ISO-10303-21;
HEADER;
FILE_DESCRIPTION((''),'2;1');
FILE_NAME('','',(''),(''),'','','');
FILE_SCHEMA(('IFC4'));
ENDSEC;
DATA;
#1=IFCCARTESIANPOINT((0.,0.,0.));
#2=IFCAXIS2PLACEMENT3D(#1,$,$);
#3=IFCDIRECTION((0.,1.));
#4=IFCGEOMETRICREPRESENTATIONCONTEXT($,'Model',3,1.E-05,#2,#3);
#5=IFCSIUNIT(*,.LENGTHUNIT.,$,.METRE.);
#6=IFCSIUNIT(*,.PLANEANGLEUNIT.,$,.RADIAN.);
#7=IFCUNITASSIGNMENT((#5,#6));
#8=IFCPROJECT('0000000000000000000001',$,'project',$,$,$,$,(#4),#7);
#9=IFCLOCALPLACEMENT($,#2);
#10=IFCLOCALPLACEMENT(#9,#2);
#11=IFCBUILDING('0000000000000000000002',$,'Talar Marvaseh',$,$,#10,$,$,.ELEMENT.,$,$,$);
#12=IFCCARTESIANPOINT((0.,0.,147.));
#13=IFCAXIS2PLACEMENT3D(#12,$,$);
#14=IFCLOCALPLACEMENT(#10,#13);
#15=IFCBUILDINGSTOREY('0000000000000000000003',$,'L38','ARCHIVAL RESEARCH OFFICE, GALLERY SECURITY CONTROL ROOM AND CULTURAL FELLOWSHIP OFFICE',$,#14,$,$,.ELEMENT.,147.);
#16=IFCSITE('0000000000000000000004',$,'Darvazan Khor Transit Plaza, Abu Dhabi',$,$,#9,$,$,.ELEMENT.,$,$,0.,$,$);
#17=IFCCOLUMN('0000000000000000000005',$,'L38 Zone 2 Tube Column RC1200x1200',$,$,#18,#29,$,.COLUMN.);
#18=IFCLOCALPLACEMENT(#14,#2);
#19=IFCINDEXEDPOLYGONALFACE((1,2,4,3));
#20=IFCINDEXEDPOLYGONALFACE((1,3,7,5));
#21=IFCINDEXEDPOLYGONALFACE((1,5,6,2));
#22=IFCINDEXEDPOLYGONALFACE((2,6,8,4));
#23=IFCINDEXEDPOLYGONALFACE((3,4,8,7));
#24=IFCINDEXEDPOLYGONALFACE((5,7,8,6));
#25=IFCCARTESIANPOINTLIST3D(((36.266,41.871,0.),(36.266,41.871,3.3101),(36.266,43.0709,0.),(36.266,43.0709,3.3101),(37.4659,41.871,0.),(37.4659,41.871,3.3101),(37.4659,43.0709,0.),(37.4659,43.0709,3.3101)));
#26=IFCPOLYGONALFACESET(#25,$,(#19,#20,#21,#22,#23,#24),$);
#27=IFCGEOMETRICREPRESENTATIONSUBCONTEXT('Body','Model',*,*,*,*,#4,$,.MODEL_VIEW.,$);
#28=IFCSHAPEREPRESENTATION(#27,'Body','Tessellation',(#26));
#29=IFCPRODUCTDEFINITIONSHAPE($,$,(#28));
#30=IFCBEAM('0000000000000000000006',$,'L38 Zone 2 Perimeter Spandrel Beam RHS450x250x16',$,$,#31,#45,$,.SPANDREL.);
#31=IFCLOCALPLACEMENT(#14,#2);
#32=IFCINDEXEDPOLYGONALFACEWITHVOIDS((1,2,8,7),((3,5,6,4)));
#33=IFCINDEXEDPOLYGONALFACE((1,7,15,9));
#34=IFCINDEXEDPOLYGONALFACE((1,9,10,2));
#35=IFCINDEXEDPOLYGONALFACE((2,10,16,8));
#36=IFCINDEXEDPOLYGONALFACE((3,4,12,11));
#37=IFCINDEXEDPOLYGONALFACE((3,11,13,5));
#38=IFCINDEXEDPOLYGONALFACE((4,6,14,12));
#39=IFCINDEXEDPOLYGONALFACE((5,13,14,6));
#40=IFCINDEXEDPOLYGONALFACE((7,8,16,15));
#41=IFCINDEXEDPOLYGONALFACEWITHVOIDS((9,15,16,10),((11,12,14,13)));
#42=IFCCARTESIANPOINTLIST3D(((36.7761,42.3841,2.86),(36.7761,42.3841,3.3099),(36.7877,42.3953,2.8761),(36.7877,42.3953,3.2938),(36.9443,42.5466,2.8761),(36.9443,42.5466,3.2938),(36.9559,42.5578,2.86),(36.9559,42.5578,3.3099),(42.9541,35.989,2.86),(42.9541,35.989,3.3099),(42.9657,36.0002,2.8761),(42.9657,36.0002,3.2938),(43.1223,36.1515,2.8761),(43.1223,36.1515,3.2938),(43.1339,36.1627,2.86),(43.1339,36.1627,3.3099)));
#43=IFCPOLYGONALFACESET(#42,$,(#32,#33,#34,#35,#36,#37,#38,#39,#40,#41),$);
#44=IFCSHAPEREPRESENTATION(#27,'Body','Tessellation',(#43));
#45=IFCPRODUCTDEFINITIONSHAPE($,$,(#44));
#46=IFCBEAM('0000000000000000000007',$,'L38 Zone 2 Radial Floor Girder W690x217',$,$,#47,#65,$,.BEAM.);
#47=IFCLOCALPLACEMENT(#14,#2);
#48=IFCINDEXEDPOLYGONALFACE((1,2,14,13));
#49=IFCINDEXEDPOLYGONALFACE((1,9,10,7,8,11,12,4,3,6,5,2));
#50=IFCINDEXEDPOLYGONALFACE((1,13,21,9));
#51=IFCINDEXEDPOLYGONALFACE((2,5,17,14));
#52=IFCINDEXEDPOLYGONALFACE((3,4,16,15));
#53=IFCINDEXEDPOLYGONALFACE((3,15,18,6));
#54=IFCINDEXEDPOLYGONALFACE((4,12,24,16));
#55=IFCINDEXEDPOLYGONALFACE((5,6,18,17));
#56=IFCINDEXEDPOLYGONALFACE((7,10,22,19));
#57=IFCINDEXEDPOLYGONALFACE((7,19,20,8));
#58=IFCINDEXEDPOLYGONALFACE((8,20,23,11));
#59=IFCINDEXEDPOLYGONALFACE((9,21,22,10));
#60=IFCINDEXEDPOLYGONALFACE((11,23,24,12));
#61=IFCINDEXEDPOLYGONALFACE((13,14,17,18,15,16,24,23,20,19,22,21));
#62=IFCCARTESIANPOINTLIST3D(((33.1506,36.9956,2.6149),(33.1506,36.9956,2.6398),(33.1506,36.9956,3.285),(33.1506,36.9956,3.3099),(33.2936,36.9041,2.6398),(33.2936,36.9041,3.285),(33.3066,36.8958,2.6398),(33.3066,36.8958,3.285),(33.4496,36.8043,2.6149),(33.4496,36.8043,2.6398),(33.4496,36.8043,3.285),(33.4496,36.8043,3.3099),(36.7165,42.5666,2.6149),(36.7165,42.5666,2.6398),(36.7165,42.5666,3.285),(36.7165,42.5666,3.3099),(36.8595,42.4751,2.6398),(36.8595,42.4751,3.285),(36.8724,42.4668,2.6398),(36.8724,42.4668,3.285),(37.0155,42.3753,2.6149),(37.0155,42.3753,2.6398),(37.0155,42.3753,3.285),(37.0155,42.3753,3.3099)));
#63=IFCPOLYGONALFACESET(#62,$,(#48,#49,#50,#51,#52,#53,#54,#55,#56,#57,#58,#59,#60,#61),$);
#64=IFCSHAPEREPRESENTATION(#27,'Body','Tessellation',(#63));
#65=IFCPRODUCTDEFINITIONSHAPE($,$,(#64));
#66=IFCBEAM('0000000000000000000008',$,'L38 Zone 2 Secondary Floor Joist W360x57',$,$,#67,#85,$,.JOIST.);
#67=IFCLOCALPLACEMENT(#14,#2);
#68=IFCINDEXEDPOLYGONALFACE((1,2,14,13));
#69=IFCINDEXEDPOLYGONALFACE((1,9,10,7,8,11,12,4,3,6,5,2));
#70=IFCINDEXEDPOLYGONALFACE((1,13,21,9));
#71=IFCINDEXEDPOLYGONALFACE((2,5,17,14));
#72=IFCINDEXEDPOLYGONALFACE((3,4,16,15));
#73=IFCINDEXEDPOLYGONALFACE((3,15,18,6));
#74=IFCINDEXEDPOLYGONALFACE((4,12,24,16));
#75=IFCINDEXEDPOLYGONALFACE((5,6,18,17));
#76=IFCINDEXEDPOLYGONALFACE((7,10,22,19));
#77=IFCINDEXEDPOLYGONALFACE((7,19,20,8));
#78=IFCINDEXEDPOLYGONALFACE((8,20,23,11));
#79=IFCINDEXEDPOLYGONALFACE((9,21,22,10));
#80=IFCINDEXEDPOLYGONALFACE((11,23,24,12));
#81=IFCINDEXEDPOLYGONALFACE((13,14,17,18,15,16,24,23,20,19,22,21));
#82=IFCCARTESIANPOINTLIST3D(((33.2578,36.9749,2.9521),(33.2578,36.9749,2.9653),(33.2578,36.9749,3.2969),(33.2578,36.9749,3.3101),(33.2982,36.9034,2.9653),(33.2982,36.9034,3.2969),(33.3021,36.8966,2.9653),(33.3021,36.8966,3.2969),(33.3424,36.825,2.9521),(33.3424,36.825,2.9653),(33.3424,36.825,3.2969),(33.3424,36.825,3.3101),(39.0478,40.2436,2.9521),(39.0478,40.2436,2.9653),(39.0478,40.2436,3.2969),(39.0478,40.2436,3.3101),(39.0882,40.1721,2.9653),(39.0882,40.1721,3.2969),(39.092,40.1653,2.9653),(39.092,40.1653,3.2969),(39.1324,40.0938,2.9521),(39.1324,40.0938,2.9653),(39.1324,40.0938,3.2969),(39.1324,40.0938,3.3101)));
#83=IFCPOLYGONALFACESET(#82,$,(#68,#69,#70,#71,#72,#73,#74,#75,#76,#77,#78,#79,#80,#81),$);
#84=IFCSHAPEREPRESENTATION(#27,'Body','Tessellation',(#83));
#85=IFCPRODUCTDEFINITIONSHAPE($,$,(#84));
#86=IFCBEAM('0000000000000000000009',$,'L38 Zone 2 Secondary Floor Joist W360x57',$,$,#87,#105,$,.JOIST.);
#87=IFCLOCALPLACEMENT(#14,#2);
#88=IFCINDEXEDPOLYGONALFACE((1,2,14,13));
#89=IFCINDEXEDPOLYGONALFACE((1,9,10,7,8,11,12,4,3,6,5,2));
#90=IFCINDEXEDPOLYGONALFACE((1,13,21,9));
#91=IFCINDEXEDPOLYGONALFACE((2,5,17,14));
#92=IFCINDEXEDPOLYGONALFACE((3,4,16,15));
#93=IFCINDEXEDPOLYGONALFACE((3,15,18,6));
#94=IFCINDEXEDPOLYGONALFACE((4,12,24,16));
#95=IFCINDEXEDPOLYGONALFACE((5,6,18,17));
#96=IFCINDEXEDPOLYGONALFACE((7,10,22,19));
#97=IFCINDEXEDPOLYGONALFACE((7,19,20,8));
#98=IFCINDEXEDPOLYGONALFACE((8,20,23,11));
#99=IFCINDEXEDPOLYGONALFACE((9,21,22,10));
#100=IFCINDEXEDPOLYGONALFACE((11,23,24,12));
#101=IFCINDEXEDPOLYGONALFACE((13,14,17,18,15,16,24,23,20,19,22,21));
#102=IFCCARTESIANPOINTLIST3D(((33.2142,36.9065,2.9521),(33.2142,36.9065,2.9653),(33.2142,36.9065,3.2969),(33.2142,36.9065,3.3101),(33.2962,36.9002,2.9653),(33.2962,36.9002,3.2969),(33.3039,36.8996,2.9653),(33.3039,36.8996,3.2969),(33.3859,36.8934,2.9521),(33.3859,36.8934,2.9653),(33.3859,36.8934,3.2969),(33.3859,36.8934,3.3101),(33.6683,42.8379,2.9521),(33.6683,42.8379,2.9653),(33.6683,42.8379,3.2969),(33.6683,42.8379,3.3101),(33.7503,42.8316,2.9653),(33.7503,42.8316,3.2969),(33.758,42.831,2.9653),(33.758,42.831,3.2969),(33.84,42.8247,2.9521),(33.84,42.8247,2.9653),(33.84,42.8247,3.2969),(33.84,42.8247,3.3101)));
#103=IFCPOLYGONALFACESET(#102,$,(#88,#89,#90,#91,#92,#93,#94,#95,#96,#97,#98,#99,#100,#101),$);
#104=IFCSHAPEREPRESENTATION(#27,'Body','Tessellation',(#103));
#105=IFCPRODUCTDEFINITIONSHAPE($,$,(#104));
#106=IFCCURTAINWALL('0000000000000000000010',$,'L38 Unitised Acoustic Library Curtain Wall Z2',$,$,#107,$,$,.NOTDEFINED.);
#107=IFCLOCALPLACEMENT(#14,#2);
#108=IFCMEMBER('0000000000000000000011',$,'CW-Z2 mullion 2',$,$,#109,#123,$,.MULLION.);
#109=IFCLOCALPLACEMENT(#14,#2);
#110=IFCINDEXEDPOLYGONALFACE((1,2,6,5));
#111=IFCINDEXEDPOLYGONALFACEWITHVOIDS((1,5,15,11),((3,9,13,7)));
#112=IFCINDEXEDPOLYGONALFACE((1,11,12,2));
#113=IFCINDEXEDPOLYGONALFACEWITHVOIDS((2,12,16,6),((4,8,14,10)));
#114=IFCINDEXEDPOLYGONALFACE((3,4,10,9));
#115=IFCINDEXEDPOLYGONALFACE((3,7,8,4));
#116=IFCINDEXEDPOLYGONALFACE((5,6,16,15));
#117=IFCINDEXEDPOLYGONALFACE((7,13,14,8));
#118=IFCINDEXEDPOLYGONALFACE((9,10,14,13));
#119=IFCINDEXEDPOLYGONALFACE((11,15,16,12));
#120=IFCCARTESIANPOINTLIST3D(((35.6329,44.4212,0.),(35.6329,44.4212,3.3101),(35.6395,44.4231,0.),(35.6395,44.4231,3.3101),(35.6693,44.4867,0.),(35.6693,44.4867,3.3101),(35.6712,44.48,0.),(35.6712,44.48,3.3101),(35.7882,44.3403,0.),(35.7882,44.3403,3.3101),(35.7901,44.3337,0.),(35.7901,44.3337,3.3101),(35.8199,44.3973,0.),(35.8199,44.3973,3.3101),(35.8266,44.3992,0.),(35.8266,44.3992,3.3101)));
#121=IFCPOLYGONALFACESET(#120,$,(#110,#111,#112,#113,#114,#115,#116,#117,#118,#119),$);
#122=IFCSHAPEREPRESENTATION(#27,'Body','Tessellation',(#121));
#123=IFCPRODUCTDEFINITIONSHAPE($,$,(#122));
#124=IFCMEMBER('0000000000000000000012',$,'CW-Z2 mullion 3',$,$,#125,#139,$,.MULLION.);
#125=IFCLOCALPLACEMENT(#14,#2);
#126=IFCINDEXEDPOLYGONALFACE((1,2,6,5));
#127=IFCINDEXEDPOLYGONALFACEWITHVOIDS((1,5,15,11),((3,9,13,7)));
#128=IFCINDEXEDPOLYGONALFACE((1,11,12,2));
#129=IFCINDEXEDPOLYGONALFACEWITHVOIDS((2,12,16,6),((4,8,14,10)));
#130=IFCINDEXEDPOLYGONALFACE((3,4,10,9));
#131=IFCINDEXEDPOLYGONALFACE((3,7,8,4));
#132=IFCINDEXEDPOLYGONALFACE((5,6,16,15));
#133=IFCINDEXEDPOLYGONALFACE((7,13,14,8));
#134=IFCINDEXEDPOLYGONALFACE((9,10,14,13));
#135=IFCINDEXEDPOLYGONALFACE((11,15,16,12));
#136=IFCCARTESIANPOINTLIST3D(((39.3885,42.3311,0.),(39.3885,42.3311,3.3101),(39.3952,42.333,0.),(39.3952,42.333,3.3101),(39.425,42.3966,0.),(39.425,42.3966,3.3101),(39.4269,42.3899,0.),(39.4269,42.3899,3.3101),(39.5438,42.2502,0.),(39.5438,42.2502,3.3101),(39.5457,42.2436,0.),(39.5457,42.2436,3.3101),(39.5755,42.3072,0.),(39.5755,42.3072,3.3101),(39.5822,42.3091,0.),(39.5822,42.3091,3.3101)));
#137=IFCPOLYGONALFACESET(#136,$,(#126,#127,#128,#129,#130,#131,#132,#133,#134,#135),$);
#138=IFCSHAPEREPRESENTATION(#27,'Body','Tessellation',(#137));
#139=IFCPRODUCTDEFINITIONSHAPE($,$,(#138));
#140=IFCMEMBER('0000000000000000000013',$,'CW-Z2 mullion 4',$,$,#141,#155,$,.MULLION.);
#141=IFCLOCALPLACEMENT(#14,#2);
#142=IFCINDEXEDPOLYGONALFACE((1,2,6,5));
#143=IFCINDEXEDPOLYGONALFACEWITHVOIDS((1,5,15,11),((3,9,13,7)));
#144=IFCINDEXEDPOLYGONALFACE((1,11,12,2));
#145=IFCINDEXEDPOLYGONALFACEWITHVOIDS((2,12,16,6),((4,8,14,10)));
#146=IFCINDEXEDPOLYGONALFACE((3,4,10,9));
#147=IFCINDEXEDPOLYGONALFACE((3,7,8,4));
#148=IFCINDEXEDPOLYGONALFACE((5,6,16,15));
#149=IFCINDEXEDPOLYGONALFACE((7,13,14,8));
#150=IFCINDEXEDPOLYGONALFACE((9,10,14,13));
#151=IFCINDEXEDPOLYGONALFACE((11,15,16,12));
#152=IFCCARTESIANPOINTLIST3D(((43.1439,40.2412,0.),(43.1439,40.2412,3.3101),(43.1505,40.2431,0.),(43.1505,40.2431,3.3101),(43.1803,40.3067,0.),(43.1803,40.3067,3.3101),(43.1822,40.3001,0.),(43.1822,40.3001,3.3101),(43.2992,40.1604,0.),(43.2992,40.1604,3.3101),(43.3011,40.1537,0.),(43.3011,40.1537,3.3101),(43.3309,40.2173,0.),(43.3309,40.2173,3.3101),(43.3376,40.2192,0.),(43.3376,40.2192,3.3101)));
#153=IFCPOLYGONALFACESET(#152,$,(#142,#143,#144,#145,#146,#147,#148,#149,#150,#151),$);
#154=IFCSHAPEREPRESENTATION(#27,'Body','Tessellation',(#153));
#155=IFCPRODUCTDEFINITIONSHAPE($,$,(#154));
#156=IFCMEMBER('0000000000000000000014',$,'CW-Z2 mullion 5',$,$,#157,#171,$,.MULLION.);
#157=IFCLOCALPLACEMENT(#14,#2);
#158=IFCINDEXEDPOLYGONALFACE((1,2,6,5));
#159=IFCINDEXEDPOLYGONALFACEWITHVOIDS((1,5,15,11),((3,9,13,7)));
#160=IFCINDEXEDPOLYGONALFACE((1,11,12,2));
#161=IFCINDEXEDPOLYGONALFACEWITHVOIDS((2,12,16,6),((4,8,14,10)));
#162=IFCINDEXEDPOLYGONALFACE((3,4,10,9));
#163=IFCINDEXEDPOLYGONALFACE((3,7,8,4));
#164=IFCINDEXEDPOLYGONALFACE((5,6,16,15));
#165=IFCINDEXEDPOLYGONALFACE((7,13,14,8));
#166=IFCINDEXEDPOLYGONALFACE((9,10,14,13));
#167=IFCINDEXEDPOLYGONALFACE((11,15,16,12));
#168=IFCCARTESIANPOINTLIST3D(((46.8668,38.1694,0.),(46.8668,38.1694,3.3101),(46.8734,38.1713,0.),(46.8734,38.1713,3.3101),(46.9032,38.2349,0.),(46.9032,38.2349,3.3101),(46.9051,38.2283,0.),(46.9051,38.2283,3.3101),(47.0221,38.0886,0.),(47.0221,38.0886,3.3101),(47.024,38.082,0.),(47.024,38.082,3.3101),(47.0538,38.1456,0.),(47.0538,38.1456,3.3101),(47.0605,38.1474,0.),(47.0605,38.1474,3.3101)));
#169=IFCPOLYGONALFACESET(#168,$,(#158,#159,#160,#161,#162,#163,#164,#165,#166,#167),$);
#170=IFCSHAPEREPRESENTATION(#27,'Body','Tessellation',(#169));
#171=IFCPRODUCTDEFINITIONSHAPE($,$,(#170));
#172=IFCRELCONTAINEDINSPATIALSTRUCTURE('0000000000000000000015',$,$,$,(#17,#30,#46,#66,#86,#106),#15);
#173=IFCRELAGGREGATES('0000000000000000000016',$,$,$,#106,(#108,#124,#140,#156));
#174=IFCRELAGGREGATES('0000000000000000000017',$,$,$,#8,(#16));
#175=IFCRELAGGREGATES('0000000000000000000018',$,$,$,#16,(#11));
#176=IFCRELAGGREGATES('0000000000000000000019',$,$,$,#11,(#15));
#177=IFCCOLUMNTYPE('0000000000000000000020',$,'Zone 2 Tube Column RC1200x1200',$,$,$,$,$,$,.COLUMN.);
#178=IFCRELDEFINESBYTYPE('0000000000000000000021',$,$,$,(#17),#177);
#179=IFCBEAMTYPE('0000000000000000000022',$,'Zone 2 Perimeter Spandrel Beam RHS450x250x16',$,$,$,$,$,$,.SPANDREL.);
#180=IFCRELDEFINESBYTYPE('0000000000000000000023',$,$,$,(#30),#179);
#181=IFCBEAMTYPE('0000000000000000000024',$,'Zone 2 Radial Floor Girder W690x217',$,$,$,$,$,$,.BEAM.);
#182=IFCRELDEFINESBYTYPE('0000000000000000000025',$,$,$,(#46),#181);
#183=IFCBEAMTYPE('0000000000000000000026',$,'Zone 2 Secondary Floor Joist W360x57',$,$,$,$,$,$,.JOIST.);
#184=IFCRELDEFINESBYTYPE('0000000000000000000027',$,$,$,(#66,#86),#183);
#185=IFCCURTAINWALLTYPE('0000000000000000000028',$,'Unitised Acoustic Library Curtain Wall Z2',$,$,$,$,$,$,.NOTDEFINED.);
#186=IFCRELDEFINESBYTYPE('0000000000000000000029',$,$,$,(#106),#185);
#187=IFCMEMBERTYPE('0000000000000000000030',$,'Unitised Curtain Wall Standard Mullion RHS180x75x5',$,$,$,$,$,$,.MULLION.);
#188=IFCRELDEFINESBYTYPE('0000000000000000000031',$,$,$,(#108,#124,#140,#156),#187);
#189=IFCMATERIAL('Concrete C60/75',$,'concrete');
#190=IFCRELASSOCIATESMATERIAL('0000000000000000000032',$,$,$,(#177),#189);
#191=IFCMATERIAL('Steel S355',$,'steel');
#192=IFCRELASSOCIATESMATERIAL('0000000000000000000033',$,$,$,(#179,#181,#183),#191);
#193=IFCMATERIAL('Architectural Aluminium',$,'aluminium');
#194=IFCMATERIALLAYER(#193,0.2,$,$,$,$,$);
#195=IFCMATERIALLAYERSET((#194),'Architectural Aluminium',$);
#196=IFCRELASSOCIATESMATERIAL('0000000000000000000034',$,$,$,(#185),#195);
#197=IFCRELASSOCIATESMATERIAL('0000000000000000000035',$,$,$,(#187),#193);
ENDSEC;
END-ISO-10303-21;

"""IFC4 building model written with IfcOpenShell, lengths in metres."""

from ifc_helpers import new_model, si_unit, direction, frame, origin, origin_2d, place, context, subcontext, project, spatial, rectangle, hollow_rectangle, i_section, extrude, source, transform, mapped, material, layer, layer_set, material_profile, profile_set, type_object, type_shapes, element, aggregate, save


model = new_model("IFC4")

# Units and contexts
model_context = context("Model", 3, precision=1e-05, world=origin(), true_north=direction((0.0, 1.0)))
body_context = subcontext(model_context, "Body", "Model", "MODEL_VIEW")
ifc_project = project(units=[si_unit("LENGTHUNIT", "METRE"), si_unit("PLANEANGLEUNIT", "RADIAN")], contexts=[model_context])

# Site, building, storey
site_placement = place(None, origin())
site = spatial("IfcSite", under=ifc_project, at=site_placement, Name="Darvazan Khor Transit Plaza, Abu Dhabi", CompositionType="ELEMENT", RefElevation=0.0)
building_placement = place(site_placement, origin())
building = spatial("IfcBuilding", under=site, at=building_placement, Name="Talar Marvaseh", CompositionType="ELEMENT")
storey_placement = place(building_placement, frame((0.0, 0.0, 147.0)))
storey = spatial("IfcBuildingStorey", under=building, at=storey_placement, Name="L38", Description="ARCHIVAL RESEARCH OFFICE, GALLERY SECURITY CONTROL ROOM AND CULTURAL FELLOWSHIP OFFICE", CompositionType="ELEMENT", Elevation=147.0)

# Column
ifc_material_1 = material(Name="Concrete C60/75", Category="concrete")
ifc_material_profile_1 = material_profile(ifc_material_1, rectangle(XDim=1.2, YDim=1.2, at=origin_2d()), Name="RC1200x1200")
ifc_profile_set_1 = profile_set([ifc_material_profile_1], Name="Concrete C60/75")
column_type = type_object("IfcColumnType", Name="Zone 2 Tube Column RC1200x1200", PredefinedType="COLUMN", material=ifc_profile_set_1)
column_placement = place(storey_placement, frame((36.866, 42.4709, 0.0), z_axis=(0.0, 0.0, 1.0), x_axis=(1.0, 0.0, 0.0)))
element("IfcColumn", 1, at=column_placement, inside=storey, type_object=column_type, Name="L38 Zone 2 Tube Column RC1200x1200", PredefinedType="COLUMN", context=body_context, shape_type="SweptSolid", body=[
    extrude(rectangle(XDim=1.2, YDim=1.2, at=origin_2d()), origin(), (0.0, 0.0, 1.0), 3.3101),
])

# Beams
ifc_material_2 = material(Name="Steel S355", Category="steel")
ifc_material_profile_2 = material_profile(ifc_material_2, hollow_rectangle(XDim=0.25, YDim=0.45, WallThickness=0.0161, at=origin_2d()), Name="RHS450x250x16")
ifc_profile_set_2 = profile_set([ifc_material_profile_2], Name="Steel S355")
beam_type_1 = type_object("IfcBeamType", Name="Zone 2 Perimeter Spandrel Beam RHS450x250x16", PredefinedType="SPANDREL", material=ifc_profile_set_2)
beam_1_placement = place(storey_placement, frame((36.866, 42.4709, 3.085), z_axis=(0.694797, -0.719206, 0.0), x_axis=(0.719206, 0.694797, 0.0)))
element("IfcBeam", 2, at=beam_1_placement, inside=storey, type_object=beam_type_1, Name="L38 Zone 2 Perimeter Spandrel Beam RHS450x250x16", PredefinedType="SPANDREL", context=body_context, shape_type="SweptSolid", body=[
    extrude(hollow_rectangle(XDim=0.25, YDim=0.45, WallThickness=0.0161, at=origin_2d()), origin(), (0.0, 0.0, 1.0), 8.8918),
])
ifc_material_profile_3 = material_profile(ifc_material_2, i_section(OverallWidth=0.355, OverallDepth=0.6951, WebThickness=0.0154, FlangeThickness=0.0249, at=origin_2d()), Name="W690x217")
ifc_profile_set_3 = profile_set([ifc_material_profile_3], Name="Steel S355")
beam_type_2 = type_object("IfcBeamType", Name="Zone 2 Radial Floor Girder W690x217", PredefinedType="BEAM", material=ifc_profile_set_3)
beam_2_placement = place(storey_placement, frame((36.866, 42.4709, 2.9624), z_axis=(-0.539102, -0.842241, 0.0), x_axis=(0.842241, -0.539102, 0.0)))
element("IfcBeam", 3, at=beam_2_placement, inside=storey, type_object=beam_type_2, Name="L38 Zone 2 Radial Floor Girder W690x217", PredefinedType="BEAM", context=body_context, shape_type="SweptSolid", body=[
    extrude(i_section(OverallWidth=0.355, OverallDepth=0.6951, WebThickness=0.0154, FlangeThickness=0.0249, at=origin_2d()), origin(), (0.0, 0.0, 1.0), 6.6145),
])
ifc_material_profile_4 = material_profile(ifc_material_2, i_section(OverallWidth=0.1721, OverallDepth=0.3579, WebThickness=0.0078, FlangeThickness=0.0132, at=origin_2d()), Name="W360x57")
ifc_profile_set_4 = profile_set([ifc_material_profile_4], Name="Steel S355")
beam_type_3 = type_object("IfcBeamType", Name="Zone 2 Secondary Floor Joist W360x57", PredefinedType="JOIST", material=ifc_profile_set_4)
beam_3_placement = place(storey_placement, frame((39.0901, 40.1687, 3.1311), z_axis=(-0.87081, -0.49162, 0.0), x_axis=(0.49162, -0.87081, 0.0)))
element("IfcBeam", 4, at=beam_3_placement, inside=storey, type_object=beam_type_3, Name="L38 Zone 2 Secondary Floor Joist W360x57", PredefinedType="JOIST", context=body_context, shape_type="SweptSolid", body=[
    extrude(i_section(OverallWidth=0.1721, OverallDepth=0.3579, WebThickness=0.0078, FlangeThickness=0.0132, at=origin_2d()), origin(), (0.0, 0.0, 1.0), 6.6489),
])
beam_4_placement = place(storey_placement, frame((33.7542, 42.8313, 3.1311), z_axis=(-0.076336, -0.997082, 0.0), x_axis=(0.997082, -0.076336, 0.0)))
element("IfcBeam", 5, at=beam_4_placement, inside=storey, type_object=beam_type_3, Name="L38 Zone 2 Secondary Floor Joist W360x57", PredefinedType="JOIST", context=body_context, shape_type="SweptSolid", body=[
    extrude(i_section(OverallWidth=0.1721, OverallDepth=0.3579, WebThickness=0.0078, FlangeThickness=0.0132, at=origin_2d()), origin(), (0.0, 0.0, 1.0), 5.9487),
])

# Curtain wall, members
ifc_material_3 = material(Name="Architectural Aluminium", Category="aluminium")
ifc_layer_1 = layer(ifc_material_3, 0.2)
ifc_layer_set_1 = layer_set([ifc_layer_1], Name="Architectural Aluminium")
curtain_wall_type = type_object("IfcCurtainWallType", Name="Unitised Acoustic Library Curtain Wall Z2", PredefinedType="NOTDEFINED", material=ifc_layer_set_1)
curtain_wall_placement = place(storey_placement, origin())
curtain_wall = element("IfcCurtainWall", 6, at=curtain_wall_placement, inside=storey, type_object=curtain_wall_type, Name="L38 Unitised Acoustic Library Curtain Wall Z2", PredefinedType="NOTDEFINED")
ifc_material_profile_5 = material_profile(ifc_material_3, hollow_rectangle(XDim=0.075, YDim=0.1799, WallThickness=0.0049, at=origin_2d()), Name="RHS180x75x5")
ifc_profile_set_5 = profile_set([ifc_material_profile_5], Name="Architectural Aluminium")
member_type_1 = type_object("IfcMemberType", Name="Unitised Curtain Wall Standard Mullion RHS180x75x5", PredefinedType="MULLION", material=ifc_profile_set_5)
shared_shape_1 = source(origin(), body_context, "Body", "SweptSolid", [
    extrude(hollow_rectangle(XDim=0.075, YDim=0.1799, WallThickness=0.0049, at=origin_2d()), origin(), (0.0, 0.0, 1.0), 3.3101),
])
type_shapes(member_type_1, [shared_shape_1])
member_1_placement = place(storey_placement, frame((35.7297, 44.4102, 0.0), z_axis=(0.0, 0.0, 1.0), x_axis=(0.486278, 0.873804, 0.0)))
member_1 = element("IfcMember", 7, at=member_1_placement, type_object=member_type_1, Name="CW-Z2 mullion 2", PredefinedType="MULLION", context=body_context, shape_type="MappedRepresentation", body=[
    mapped(shared_shape_1, transform((0.0, 0.0, 0.0), x_axis=(1.0, 0.0, 0.0), y_axis=(0.0, 1.0, 0.0), z_axis=(0.0, 0.0, 1.0), scale=1.0)),
])
member_2_placement = place(storey_placement, frame((39.4854, 42.3201, 0.0), z_axis=(0.0, 0.0, 1.0), x_axis=(0.486278, 0.873804, 0.0)))
member_2 = element("IfcMember", 8, at=member_2_placement, type_object=member_type_1, Name="CW-Z2 mullion 3", PredefinedType="MULLION", context=body_context, shape_type="MappedRepresentation", body=[
    mapped(shared_shape_1, transform((0.0, 0.0, 0.0), x_axis=(1.0, 0.0, 0.0), y_axis=(0.0, 1.0, 0.0), z_axis=(0.0, 0.0, 1.0), scale=1.0)),
])
member_3_placement = place(storey_placement, frame((43.2407, 40.2302, 0.0), z_axis=(0.0, 0.0, 1.0), x_axis=(0.486278, 0.873804, 0.0)))
member_3 = element("IfcMember", 9, at=member_3_placement, type_object=member_type_1, Name="CW-Z2 mullion 4", PredefinedType="MULLION", context=body_context, shape_type="MappedRepresentation", body=[
    mapped(shared_shape_1, transform((0.0, 0.0, 0.0), x_axis=(1.0, 0.0, 0.0), y_axis=(0.0, 1.0, 0.0), z_axis=(0.0, 0.0, 1.0), scale=1.0)),
])
member_4_placement = place(storey_placement, frame((46.9636, 38.1584, 0.0), z_axis=(0.0, 0.0, 1.0), x_axis=(0.486278, 0.873804, 0.0)))
member_4 = element("IfcMember", 10, at=member_4_placement, type_object=member_type_1, Name="CW-Z2 mullion 5", PredefinedType="MULLION", context=body_context, shape_type="MappedRepresentation", body=[
    mapped(shared_shape_1, transform((0.0, 0.0, 0.0), x_axis=(1.0, 0.0, 0.0), y_axis=(0.0, 1.0, 0.0), z_axis=(0.0, 0.0, 1.0), scale=1.0)),
])
aggregate(curtain_wall, [member_1, member_2, member_3, member_4])

save(model, "model.ifc")
